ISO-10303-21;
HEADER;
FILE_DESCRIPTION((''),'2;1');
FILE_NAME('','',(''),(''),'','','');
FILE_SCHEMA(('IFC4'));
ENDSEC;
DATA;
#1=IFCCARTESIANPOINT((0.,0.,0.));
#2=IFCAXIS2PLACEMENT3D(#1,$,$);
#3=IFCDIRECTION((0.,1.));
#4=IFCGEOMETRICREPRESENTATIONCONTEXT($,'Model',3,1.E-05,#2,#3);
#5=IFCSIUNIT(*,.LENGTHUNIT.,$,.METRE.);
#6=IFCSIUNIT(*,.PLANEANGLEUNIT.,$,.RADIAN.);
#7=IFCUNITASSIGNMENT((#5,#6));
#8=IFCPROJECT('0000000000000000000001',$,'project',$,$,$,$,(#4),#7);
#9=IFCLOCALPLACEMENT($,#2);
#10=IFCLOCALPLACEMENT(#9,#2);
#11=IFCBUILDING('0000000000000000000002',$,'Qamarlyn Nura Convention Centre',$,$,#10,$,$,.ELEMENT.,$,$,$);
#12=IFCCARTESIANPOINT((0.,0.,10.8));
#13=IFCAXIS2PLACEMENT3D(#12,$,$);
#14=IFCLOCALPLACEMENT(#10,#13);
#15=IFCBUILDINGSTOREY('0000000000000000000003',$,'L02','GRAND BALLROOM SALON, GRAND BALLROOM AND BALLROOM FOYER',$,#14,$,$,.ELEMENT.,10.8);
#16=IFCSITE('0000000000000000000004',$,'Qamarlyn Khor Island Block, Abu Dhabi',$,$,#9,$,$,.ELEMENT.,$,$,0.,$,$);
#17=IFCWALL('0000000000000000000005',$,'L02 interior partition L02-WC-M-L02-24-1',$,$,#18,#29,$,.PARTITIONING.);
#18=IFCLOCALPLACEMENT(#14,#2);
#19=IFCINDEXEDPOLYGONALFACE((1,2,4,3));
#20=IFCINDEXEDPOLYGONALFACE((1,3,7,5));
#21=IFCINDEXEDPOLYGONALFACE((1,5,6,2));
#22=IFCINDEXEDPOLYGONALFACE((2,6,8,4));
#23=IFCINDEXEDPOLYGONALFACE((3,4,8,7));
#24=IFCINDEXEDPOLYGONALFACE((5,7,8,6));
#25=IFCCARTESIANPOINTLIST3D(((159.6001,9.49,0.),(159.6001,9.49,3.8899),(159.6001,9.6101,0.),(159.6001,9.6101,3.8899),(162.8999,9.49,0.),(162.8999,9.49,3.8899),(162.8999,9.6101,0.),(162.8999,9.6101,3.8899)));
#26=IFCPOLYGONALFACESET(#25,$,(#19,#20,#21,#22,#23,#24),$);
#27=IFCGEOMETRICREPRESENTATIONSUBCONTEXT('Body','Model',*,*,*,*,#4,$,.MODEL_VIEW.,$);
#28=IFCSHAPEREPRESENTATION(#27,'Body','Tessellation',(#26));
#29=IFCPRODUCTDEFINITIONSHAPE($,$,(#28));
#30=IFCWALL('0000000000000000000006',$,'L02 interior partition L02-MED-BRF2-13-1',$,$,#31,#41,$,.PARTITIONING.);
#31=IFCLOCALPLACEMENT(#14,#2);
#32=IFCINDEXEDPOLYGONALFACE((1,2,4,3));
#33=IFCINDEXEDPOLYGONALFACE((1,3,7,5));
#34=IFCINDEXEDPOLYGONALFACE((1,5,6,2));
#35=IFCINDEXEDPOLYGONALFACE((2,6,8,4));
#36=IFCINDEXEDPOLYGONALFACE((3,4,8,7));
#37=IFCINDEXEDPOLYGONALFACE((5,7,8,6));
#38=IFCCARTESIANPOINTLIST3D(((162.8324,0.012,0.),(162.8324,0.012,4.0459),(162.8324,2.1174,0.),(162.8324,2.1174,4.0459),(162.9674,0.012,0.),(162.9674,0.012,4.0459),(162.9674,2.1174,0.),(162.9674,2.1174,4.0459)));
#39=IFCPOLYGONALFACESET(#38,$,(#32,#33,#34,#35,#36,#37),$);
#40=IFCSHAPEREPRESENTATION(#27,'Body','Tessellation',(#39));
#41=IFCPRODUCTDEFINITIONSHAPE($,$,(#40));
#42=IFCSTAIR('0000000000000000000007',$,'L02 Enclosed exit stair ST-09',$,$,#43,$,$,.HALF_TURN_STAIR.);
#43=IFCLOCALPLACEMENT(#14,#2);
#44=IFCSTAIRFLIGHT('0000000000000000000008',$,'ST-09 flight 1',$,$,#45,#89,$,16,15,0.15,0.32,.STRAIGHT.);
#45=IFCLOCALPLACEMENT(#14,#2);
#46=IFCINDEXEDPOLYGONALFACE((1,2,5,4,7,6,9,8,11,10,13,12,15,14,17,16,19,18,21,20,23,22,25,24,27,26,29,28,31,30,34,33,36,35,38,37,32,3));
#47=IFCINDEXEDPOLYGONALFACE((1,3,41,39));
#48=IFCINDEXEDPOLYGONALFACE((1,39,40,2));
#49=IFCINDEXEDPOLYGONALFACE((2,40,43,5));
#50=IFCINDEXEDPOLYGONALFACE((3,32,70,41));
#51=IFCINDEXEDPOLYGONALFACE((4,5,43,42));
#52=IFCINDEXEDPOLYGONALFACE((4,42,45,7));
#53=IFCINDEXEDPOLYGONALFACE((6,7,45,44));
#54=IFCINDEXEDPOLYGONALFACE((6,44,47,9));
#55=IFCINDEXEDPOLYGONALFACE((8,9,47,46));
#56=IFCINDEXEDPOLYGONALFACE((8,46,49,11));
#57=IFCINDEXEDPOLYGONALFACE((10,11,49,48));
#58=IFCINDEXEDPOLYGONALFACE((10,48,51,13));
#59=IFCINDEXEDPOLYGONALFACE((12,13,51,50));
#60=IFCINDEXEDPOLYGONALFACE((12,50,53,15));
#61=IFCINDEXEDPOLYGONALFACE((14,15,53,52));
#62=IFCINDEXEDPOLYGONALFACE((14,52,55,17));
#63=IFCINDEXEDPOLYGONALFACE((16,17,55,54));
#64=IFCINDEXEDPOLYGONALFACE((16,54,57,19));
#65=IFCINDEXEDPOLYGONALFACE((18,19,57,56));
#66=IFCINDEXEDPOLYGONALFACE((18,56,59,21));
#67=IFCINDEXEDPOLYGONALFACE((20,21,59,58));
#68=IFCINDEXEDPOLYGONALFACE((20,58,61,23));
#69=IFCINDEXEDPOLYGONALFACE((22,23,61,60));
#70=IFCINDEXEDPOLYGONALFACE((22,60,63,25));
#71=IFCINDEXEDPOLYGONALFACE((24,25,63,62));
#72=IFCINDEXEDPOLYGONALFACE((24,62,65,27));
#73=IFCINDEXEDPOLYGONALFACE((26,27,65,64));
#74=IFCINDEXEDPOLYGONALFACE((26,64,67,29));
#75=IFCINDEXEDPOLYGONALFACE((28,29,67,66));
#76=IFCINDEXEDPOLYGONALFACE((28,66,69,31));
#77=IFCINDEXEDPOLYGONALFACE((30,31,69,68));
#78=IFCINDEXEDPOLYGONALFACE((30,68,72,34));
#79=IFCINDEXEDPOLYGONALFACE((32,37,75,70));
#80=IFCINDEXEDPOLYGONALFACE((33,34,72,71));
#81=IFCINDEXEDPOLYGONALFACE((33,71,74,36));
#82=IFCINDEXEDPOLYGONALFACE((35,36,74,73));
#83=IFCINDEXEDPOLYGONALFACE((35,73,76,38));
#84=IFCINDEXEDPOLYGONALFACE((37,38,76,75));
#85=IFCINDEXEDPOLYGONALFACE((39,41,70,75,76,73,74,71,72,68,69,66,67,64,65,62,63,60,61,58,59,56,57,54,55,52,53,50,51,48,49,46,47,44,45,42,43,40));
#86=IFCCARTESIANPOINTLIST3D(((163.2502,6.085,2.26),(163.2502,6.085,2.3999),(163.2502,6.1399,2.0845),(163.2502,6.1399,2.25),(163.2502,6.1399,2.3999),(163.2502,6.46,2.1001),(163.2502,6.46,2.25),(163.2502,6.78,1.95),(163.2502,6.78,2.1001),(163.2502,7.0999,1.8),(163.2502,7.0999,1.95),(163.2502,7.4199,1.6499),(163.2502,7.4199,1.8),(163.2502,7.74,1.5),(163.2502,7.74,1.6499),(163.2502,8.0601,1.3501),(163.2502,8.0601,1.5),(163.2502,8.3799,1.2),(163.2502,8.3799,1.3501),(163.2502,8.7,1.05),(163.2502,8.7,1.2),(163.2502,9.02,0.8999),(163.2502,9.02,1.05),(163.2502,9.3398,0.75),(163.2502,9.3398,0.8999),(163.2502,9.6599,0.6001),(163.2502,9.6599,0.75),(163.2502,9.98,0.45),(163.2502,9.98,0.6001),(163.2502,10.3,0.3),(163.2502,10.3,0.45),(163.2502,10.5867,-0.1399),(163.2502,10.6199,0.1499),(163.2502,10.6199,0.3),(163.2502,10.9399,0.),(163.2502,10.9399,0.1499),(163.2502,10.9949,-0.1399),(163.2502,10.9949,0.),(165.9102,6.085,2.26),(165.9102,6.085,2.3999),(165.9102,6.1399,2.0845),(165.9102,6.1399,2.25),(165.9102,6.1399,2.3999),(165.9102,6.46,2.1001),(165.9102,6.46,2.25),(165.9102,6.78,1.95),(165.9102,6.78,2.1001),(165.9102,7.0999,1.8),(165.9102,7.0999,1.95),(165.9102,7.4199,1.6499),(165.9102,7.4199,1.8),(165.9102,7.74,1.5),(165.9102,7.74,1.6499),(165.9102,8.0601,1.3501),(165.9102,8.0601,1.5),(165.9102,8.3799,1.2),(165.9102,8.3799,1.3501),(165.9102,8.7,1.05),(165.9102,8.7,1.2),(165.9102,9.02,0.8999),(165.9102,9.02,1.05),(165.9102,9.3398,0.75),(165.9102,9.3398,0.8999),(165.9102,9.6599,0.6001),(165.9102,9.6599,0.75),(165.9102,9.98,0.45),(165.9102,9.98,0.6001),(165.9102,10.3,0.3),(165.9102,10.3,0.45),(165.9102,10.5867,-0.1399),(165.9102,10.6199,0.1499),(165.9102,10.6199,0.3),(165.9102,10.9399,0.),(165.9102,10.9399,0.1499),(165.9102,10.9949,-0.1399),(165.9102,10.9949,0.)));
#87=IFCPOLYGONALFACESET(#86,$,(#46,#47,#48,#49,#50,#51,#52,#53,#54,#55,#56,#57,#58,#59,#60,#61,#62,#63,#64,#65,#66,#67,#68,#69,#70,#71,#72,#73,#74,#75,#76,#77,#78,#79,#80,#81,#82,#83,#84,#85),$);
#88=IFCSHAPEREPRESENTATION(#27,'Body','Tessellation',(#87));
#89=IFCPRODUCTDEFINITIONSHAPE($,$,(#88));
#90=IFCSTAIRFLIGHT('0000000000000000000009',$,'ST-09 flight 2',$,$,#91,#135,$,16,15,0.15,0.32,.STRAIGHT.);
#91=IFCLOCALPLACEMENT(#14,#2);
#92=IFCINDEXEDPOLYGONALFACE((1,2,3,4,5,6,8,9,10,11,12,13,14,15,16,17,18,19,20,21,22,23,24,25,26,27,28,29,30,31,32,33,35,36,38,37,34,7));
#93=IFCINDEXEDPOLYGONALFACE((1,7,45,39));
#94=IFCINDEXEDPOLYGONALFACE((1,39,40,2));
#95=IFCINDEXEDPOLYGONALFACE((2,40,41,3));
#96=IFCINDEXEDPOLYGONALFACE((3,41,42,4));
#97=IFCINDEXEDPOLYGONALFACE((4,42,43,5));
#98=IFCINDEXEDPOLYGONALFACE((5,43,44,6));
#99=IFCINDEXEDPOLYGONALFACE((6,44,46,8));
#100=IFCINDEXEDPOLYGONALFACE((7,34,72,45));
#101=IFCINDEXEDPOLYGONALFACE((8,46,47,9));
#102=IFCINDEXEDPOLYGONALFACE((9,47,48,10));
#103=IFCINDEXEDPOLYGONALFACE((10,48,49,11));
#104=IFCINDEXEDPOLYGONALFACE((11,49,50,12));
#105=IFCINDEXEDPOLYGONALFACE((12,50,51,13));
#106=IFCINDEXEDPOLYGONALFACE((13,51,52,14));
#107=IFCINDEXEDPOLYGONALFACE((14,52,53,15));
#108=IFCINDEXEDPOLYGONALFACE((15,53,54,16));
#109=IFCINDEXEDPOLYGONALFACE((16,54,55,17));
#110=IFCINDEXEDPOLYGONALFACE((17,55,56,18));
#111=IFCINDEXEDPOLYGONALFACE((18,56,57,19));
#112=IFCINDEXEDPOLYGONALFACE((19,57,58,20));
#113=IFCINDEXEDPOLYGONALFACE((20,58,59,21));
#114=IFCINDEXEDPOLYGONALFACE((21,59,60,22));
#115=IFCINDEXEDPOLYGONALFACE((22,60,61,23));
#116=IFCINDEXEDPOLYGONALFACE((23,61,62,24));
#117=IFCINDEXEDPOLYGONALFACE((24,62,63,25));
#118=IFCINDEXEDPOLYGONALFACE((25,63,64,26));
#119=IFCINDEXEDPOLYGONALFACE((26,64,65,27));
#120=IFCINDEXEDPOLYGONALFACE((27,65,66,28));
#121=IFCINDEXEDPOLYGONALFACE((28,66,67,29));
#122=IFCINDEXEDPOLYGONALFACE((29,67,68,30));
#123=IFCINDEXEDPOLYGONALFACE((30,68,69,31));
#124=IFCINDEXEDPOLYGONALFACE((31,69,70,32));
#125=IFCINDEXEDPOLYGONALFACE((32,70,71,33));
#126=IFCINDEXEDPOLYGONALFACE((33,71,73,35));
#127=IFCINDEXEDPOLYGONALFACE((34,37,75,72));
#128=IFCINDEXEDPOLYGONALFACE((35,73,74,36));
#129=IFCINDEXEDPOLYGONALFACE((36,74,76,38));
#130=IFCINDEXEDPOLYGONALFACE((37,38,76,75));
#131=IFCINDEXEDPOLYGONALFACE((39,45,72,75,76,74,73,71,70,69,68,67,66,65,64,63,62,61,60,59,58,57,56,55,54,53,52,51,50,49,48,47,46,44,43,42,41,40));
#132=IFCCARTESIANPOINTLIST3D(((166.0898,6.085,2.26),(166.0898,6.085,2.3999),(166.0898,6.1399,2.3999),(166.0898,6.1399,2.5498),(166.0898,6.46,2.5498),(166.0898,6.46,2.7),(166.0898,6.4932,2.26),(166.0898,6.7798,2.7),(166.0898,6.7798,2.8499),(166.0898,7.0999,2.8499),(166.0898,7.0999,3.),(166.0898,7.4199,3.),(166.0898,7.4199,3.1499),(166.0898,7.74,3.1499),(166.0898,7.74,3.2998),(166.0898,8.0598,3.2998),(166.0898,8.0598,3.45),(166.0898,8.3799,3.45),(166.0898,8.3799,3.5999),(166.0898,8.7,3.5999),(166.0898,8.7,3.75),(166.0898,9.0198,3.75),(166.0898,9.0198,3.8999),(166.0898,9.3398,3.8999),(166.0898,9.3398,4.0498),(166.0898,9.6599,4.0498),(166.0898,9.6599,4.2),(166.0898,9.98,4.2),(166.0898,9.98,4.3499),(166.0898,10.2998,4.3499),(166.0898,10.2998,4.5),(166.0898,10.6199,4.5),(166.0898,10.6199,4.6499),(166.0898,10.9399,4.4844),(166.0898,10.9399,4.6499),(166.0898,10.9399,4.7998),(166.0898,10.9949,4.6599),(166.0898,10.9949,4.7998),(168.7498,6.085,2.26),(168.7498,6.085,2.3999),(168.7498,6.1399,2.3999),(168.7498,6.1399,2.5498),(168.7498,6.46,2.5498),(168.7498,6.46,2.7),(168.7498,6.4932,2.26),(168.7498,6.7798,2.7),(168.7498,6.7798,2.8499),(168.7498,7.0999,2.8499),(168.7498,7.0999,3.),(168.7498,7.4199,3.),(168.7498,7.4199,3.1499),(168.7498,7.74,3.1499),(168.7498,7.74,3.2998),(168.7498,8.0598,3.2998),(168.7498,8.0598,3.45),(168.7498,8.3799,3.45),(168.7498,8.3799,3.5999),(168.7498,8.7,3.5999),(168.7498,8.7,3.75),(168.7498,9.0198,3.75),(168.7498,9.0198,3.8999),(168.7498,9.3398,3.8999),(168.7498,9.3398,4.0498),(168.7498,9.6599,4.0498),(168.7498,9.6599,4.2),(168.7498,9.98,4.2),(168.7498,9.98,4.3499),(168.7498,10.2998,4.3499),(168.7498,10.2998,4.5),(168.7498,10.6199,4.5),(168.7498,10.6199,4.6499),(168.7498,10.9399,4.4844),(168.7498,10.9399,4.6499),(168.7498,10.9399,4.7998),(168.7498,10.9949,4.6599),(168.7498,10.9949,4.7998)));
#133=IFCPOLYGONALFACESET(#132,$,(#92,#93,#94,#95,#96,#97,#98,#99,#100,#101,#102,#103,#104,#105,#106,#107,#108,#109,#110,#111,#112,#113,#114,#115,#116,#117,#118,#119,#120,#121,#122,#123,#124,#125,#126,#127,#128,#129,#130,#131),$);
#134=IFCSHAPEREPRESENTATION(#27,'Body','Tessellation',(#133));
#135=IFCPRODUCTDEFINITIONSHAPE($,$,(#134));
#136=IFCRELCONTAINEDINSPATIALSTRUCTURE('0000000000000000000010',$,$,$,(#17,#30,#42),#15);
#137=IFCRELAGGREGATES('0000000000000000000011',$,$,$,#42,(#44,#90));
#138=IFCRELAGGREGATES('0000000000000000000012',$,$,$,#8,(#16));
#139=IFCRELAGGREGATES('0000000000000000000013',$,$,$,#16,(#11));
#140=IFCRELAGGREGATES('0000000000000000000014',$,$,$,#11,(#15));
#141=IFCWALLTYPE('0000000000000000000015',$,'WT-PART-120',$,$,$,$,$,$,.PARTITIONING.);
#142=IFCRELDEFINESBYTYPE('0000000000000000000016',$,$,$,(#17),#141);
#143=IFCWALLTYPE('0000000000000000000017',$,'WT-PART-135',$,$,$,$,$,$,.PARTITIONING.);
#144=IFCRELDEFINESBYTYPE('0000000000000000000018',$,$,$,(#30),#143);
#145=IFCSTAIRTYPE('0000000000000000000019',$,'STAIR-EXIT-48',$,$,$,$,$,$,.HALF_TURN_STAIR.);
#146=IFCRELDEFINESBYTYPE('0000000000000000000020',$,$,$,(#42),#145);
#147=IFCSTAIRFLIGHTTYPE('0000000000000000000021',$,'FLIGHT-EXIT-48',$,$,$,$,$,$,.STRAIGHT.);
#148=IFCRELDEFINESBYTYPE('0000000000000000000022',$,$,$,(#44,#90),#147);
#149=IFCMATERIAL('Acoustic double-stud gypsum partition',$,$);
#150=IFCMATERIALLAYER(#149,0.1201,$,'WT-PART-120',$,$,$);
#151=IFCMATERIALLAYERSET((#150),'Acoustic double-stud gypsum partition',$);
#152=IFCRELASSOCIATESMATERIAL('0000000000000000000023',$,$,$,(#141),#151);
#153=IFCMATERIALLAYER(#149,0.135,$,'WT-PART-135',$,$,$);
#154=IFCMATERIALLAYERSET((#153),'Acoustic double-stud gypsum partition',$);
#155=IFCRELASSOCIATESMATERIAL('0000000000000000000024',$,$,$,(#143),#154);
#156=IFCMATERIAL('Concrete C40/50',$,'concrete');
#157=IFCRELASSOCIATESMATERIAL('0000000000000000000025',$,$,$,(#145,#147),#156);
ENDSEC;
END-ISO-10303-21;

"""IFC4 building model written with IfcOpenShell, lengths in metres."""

from ifc_helpers import new_model, si_unit, direction, frame, frame_2d, origin, place, context, subcontext, project, spatial, polyline, rectangle, outline, extrude, material, layer, layer_set, type_object, element, aggregate, save


model = new_model("IFC4")

# Units and contexts
model_context = context("Model", 3, precision=1e-05, world=origin(), true_north=direction((0.0, 1.0)))
body_context = subcontext(model_context, "Body", "Model", "MODEL_VIEW")
ifc_project = project(units=[si_unit("LENGTHUNIT", "METRE"), si_unit("PLANEANGLEUNIT", "RADIAN")], contexts=[model_context])

# Site, building, storey
site_placement = place(None, origin())
site = spatial("IfcSite", under=ifc_project, at=site_placement, Name="Qamarlyn Khor Island Block, Abu Dhabi", CompositionType="ELEMENT", RefElevation=0.0)
building_placement = place(site_placement, origin())
building = spatial("IfcBuilding", under=site, at=building_placement, Name="Qamarlyn Nura Convention Centre", CompositionType="ELEMENT")
storey_placement = place(building_placement, frame((0.0, 0.0, 10.8)))
storey = spatial("IfcBuildingStorey", under=building, at=storey_placement, Name="L02", Description="GRAND BALLROOM SALON, GRAND BALLROOM AND BALLROOM FOYER", CompositionType="ELEMENT", Elevation=10.8)

# Walls
ifc_material_1 = material(Name="Acoustic double-stud gypsum partition")
ifc_layer_1 = layer(ifc_material_1, 0.1201, Name="WT-PART-120")
ifc_layer_set_1 = layer_set([ifc_layer_1], Name="Acoustic double-stud gypsum partition")
wall_type_1 = type_object("IfcWallType", Name="WT-PART-120", PredefinedType="PARTITIONING", material=ifc_layer_set_1)
wall_1_placement = place(storey_placement, frame((162.8999, 9.55, 0.0), z_axis=(0.0, 0.0, 1.0), x_axis=(-1.0, 0.0, 0.0)))
element("IfcWall", 1, at=wall_1_placement, inside=storey, type_object=wall_type_1, Name="L02 interior partition L02-WC-M-L02-24-1", PredefinedType="PARTITIONING", context=body_context, shape_type="SweptSolid", body=[
    extrude(rectangle(XDim=3.2998, YDim=0.1201, at=frame_2d((1.6499, 0.0))), origin(), (0.0, 0.0, 1.0), 3.8899),
])
ifc_layer_2 = layer(ifc_material_1, 0.135, Name="WT-PART-135")
ifc_layer_set_2 = layer_set([ifc_layer_2], Name="Acoustic double-stud gypsum partition")
wall_type_2 = type_object("IfcWallType", Name="WT-PART-135", PredefinedType="PARTITIONING", material=ifc_layer_set_2)
wall_2_placement = place(storey_placement, frame((162.8999, 2.1174, 0.0), z_axis=(0.0, 0.0, 1.0), x_axis=(0.0, -1.0, 0.0)))
element("IfcWall", 2, at=wall_2_placement, inside=storey, type_object=wall_type_2, Name="L02 interior partition L02-MED-BRF2-13-1", PredefinedType="PARTITIONING", context=body_context, shape_type="SweptSolid", body=[
    extrude(rectangle(XDim=2.1055, YDim=0.135, at=frame_2d((1.0527, 0.0))), origin(), (0.0, 0.0, 1.0), 4.0459),
])

# Stair, stair flights
ifc_material_2 = material(Name="Concrete C40/50", Category="concrete")
stair_type = type_object("IfcStairType", Name="STAIR-EXIT-48", PredefinedType="HALF_TURN_STAIR", material=ifc_material_2)
stair_placement = place(storey_placement, origin())
stair = element("IfcStair", 3, at=stair_placement, inside=storey, type_object=stair_type, Name="L02 Enclosed exit stair ST-09", PredefinedType="HALF_TURN_STAIR")
stair_flight_type = type_object("IfcStairFlightType", Name="FLIGHT-EXIT-48", PredefinedType="STRAIGHT", material=ifc_material_2)
stair_flight_1_placement = place(storey_placement, frame((164.5801, 10.9399, 0.0), z_axis=(0.0, 0.0, 1.0), x_axis=(0.0, -1.0, 0.0)))
stair_flight_1 = element("IfcStairFlight", 4, at=stair_flight_1_placement, type_object=stair_flight_type, Name="ST-09 flight 1", NumberOfRisers=16, NumberOfTreads=15, PredefinedType="STRAIGHT", RiserHeight=0.15, TreadLength=0.32, context=body_context, shape_type="SweptSolid", body=[
    extrude(outline(polyline([(-0.0549, 0.0), (0.0, 0.0), (0.0, 0.1499), (0.3201, 0.1499), (0.3201, 0.3), (0.6399, 0.3), (0.6399, 0.45), (0.96, 0.45), (0.96, 0.6001), (1.28, 0.6001), (1.28, 0.75), (1.6001, 0.75), (1.6001, 0.8999), (1.9199, 0.8999), (1.9199, 1.05), (2.24, 1.05), (2.24, 1.2), (2.5601, 1.2), (2.5601, 1.3501), (2.8799, 1.3501), (2.8799, 1.5), (3.2, 1.5), (3.2, 1.6499), (3.52, 1.6499), (3.52, 1.8), (3.8401, 1.8), (3.8401, 1.95), (4.1599, 1.95), (4.1599, 2.1001), (4.48, 2.1001), (4.48, 2.25), (4.8, 2.25), (4.8, 2.3999), (4.855, 2.3999), (4.855, 2.26), (4.8, 2.0845), (0.3533, -0.1399), (-0.0549, -0.1399), (-0.0549, 0.0)])), frame((0.0, 1.3301, 0.0), z_axis=(0.0, -1.0, 0.0), x_axis=(1.0, 0.0, 0.0)), (0.0, 0.0, 1.0), 2.6599),
])
stair_flight_2_placement = place(storey_placement, frame((167.4199, 6.1399, 2.3999), z_axis=(0.0, 0.0, 1.0), x_axis=(0.0, 1.0, 0.0)))
stair_flight_2 = element("IfcStairFlight", 5, at=stair_flight_2_placement, type_object=stair_flight_type, Name="ST-09 flight 2", NumberOfRisers=16, NumberOfTreads=15, PredefinedType="STRAIGHT", RiserHeight=0.15, TreadLength=0.32, context=body_context, shape_type="SweptSolid", body=[
    extrude(outline(polyline([(-0.0549, 0.0), (0.0, 0.0), (0.0, 0.1499), (0.3201, 0.1499), (0.3201, 0.3), (0.6399, 0.3), (0.6399, 0.45), (0.96, 0.45), (0.96, 0.6001), (1.28, 0.6001), (1.28, 0.75), (1.6001, 0.75), (1.6001, 0.8999), (1.9199, 0.8999), (1.9199, 1.05), (2.24, 1.05), (2.24, 1.2), (2.5601, 1.2), (2.5601, 1.3501), (2.8799, 1.3501), (2.8799, 1.5), (3.2, 1.5), (3.2, 1.6499), (3.52, 1.6499), (3.52, 1.8), (3.8401, 1.8), (3.8401, 1.95), (4.1599, 1.95), (4.1599, 2.1001), (4.48, 2.1001), (4.48, 2.25), (4.8, 2.25), (4.8, 2.3999), (4.855, 2.3999), (4.855, 2.26), (4.8, 2.0845), (0.3533, -0.1399), (-0.0549, -0.1399), (-0.0549, 0.0)])), frame((0.0, 1.3301, 0.0), z_axis=(0.0, -1.0, 0.0), x_axis=(1.0, 0.0, 0.0)), (0.0, 0.0, 1.0), 2.6599),
])
aggregate(stair, [stair_flight_1, stair_flight_2])

save(model, "model.ifc")
